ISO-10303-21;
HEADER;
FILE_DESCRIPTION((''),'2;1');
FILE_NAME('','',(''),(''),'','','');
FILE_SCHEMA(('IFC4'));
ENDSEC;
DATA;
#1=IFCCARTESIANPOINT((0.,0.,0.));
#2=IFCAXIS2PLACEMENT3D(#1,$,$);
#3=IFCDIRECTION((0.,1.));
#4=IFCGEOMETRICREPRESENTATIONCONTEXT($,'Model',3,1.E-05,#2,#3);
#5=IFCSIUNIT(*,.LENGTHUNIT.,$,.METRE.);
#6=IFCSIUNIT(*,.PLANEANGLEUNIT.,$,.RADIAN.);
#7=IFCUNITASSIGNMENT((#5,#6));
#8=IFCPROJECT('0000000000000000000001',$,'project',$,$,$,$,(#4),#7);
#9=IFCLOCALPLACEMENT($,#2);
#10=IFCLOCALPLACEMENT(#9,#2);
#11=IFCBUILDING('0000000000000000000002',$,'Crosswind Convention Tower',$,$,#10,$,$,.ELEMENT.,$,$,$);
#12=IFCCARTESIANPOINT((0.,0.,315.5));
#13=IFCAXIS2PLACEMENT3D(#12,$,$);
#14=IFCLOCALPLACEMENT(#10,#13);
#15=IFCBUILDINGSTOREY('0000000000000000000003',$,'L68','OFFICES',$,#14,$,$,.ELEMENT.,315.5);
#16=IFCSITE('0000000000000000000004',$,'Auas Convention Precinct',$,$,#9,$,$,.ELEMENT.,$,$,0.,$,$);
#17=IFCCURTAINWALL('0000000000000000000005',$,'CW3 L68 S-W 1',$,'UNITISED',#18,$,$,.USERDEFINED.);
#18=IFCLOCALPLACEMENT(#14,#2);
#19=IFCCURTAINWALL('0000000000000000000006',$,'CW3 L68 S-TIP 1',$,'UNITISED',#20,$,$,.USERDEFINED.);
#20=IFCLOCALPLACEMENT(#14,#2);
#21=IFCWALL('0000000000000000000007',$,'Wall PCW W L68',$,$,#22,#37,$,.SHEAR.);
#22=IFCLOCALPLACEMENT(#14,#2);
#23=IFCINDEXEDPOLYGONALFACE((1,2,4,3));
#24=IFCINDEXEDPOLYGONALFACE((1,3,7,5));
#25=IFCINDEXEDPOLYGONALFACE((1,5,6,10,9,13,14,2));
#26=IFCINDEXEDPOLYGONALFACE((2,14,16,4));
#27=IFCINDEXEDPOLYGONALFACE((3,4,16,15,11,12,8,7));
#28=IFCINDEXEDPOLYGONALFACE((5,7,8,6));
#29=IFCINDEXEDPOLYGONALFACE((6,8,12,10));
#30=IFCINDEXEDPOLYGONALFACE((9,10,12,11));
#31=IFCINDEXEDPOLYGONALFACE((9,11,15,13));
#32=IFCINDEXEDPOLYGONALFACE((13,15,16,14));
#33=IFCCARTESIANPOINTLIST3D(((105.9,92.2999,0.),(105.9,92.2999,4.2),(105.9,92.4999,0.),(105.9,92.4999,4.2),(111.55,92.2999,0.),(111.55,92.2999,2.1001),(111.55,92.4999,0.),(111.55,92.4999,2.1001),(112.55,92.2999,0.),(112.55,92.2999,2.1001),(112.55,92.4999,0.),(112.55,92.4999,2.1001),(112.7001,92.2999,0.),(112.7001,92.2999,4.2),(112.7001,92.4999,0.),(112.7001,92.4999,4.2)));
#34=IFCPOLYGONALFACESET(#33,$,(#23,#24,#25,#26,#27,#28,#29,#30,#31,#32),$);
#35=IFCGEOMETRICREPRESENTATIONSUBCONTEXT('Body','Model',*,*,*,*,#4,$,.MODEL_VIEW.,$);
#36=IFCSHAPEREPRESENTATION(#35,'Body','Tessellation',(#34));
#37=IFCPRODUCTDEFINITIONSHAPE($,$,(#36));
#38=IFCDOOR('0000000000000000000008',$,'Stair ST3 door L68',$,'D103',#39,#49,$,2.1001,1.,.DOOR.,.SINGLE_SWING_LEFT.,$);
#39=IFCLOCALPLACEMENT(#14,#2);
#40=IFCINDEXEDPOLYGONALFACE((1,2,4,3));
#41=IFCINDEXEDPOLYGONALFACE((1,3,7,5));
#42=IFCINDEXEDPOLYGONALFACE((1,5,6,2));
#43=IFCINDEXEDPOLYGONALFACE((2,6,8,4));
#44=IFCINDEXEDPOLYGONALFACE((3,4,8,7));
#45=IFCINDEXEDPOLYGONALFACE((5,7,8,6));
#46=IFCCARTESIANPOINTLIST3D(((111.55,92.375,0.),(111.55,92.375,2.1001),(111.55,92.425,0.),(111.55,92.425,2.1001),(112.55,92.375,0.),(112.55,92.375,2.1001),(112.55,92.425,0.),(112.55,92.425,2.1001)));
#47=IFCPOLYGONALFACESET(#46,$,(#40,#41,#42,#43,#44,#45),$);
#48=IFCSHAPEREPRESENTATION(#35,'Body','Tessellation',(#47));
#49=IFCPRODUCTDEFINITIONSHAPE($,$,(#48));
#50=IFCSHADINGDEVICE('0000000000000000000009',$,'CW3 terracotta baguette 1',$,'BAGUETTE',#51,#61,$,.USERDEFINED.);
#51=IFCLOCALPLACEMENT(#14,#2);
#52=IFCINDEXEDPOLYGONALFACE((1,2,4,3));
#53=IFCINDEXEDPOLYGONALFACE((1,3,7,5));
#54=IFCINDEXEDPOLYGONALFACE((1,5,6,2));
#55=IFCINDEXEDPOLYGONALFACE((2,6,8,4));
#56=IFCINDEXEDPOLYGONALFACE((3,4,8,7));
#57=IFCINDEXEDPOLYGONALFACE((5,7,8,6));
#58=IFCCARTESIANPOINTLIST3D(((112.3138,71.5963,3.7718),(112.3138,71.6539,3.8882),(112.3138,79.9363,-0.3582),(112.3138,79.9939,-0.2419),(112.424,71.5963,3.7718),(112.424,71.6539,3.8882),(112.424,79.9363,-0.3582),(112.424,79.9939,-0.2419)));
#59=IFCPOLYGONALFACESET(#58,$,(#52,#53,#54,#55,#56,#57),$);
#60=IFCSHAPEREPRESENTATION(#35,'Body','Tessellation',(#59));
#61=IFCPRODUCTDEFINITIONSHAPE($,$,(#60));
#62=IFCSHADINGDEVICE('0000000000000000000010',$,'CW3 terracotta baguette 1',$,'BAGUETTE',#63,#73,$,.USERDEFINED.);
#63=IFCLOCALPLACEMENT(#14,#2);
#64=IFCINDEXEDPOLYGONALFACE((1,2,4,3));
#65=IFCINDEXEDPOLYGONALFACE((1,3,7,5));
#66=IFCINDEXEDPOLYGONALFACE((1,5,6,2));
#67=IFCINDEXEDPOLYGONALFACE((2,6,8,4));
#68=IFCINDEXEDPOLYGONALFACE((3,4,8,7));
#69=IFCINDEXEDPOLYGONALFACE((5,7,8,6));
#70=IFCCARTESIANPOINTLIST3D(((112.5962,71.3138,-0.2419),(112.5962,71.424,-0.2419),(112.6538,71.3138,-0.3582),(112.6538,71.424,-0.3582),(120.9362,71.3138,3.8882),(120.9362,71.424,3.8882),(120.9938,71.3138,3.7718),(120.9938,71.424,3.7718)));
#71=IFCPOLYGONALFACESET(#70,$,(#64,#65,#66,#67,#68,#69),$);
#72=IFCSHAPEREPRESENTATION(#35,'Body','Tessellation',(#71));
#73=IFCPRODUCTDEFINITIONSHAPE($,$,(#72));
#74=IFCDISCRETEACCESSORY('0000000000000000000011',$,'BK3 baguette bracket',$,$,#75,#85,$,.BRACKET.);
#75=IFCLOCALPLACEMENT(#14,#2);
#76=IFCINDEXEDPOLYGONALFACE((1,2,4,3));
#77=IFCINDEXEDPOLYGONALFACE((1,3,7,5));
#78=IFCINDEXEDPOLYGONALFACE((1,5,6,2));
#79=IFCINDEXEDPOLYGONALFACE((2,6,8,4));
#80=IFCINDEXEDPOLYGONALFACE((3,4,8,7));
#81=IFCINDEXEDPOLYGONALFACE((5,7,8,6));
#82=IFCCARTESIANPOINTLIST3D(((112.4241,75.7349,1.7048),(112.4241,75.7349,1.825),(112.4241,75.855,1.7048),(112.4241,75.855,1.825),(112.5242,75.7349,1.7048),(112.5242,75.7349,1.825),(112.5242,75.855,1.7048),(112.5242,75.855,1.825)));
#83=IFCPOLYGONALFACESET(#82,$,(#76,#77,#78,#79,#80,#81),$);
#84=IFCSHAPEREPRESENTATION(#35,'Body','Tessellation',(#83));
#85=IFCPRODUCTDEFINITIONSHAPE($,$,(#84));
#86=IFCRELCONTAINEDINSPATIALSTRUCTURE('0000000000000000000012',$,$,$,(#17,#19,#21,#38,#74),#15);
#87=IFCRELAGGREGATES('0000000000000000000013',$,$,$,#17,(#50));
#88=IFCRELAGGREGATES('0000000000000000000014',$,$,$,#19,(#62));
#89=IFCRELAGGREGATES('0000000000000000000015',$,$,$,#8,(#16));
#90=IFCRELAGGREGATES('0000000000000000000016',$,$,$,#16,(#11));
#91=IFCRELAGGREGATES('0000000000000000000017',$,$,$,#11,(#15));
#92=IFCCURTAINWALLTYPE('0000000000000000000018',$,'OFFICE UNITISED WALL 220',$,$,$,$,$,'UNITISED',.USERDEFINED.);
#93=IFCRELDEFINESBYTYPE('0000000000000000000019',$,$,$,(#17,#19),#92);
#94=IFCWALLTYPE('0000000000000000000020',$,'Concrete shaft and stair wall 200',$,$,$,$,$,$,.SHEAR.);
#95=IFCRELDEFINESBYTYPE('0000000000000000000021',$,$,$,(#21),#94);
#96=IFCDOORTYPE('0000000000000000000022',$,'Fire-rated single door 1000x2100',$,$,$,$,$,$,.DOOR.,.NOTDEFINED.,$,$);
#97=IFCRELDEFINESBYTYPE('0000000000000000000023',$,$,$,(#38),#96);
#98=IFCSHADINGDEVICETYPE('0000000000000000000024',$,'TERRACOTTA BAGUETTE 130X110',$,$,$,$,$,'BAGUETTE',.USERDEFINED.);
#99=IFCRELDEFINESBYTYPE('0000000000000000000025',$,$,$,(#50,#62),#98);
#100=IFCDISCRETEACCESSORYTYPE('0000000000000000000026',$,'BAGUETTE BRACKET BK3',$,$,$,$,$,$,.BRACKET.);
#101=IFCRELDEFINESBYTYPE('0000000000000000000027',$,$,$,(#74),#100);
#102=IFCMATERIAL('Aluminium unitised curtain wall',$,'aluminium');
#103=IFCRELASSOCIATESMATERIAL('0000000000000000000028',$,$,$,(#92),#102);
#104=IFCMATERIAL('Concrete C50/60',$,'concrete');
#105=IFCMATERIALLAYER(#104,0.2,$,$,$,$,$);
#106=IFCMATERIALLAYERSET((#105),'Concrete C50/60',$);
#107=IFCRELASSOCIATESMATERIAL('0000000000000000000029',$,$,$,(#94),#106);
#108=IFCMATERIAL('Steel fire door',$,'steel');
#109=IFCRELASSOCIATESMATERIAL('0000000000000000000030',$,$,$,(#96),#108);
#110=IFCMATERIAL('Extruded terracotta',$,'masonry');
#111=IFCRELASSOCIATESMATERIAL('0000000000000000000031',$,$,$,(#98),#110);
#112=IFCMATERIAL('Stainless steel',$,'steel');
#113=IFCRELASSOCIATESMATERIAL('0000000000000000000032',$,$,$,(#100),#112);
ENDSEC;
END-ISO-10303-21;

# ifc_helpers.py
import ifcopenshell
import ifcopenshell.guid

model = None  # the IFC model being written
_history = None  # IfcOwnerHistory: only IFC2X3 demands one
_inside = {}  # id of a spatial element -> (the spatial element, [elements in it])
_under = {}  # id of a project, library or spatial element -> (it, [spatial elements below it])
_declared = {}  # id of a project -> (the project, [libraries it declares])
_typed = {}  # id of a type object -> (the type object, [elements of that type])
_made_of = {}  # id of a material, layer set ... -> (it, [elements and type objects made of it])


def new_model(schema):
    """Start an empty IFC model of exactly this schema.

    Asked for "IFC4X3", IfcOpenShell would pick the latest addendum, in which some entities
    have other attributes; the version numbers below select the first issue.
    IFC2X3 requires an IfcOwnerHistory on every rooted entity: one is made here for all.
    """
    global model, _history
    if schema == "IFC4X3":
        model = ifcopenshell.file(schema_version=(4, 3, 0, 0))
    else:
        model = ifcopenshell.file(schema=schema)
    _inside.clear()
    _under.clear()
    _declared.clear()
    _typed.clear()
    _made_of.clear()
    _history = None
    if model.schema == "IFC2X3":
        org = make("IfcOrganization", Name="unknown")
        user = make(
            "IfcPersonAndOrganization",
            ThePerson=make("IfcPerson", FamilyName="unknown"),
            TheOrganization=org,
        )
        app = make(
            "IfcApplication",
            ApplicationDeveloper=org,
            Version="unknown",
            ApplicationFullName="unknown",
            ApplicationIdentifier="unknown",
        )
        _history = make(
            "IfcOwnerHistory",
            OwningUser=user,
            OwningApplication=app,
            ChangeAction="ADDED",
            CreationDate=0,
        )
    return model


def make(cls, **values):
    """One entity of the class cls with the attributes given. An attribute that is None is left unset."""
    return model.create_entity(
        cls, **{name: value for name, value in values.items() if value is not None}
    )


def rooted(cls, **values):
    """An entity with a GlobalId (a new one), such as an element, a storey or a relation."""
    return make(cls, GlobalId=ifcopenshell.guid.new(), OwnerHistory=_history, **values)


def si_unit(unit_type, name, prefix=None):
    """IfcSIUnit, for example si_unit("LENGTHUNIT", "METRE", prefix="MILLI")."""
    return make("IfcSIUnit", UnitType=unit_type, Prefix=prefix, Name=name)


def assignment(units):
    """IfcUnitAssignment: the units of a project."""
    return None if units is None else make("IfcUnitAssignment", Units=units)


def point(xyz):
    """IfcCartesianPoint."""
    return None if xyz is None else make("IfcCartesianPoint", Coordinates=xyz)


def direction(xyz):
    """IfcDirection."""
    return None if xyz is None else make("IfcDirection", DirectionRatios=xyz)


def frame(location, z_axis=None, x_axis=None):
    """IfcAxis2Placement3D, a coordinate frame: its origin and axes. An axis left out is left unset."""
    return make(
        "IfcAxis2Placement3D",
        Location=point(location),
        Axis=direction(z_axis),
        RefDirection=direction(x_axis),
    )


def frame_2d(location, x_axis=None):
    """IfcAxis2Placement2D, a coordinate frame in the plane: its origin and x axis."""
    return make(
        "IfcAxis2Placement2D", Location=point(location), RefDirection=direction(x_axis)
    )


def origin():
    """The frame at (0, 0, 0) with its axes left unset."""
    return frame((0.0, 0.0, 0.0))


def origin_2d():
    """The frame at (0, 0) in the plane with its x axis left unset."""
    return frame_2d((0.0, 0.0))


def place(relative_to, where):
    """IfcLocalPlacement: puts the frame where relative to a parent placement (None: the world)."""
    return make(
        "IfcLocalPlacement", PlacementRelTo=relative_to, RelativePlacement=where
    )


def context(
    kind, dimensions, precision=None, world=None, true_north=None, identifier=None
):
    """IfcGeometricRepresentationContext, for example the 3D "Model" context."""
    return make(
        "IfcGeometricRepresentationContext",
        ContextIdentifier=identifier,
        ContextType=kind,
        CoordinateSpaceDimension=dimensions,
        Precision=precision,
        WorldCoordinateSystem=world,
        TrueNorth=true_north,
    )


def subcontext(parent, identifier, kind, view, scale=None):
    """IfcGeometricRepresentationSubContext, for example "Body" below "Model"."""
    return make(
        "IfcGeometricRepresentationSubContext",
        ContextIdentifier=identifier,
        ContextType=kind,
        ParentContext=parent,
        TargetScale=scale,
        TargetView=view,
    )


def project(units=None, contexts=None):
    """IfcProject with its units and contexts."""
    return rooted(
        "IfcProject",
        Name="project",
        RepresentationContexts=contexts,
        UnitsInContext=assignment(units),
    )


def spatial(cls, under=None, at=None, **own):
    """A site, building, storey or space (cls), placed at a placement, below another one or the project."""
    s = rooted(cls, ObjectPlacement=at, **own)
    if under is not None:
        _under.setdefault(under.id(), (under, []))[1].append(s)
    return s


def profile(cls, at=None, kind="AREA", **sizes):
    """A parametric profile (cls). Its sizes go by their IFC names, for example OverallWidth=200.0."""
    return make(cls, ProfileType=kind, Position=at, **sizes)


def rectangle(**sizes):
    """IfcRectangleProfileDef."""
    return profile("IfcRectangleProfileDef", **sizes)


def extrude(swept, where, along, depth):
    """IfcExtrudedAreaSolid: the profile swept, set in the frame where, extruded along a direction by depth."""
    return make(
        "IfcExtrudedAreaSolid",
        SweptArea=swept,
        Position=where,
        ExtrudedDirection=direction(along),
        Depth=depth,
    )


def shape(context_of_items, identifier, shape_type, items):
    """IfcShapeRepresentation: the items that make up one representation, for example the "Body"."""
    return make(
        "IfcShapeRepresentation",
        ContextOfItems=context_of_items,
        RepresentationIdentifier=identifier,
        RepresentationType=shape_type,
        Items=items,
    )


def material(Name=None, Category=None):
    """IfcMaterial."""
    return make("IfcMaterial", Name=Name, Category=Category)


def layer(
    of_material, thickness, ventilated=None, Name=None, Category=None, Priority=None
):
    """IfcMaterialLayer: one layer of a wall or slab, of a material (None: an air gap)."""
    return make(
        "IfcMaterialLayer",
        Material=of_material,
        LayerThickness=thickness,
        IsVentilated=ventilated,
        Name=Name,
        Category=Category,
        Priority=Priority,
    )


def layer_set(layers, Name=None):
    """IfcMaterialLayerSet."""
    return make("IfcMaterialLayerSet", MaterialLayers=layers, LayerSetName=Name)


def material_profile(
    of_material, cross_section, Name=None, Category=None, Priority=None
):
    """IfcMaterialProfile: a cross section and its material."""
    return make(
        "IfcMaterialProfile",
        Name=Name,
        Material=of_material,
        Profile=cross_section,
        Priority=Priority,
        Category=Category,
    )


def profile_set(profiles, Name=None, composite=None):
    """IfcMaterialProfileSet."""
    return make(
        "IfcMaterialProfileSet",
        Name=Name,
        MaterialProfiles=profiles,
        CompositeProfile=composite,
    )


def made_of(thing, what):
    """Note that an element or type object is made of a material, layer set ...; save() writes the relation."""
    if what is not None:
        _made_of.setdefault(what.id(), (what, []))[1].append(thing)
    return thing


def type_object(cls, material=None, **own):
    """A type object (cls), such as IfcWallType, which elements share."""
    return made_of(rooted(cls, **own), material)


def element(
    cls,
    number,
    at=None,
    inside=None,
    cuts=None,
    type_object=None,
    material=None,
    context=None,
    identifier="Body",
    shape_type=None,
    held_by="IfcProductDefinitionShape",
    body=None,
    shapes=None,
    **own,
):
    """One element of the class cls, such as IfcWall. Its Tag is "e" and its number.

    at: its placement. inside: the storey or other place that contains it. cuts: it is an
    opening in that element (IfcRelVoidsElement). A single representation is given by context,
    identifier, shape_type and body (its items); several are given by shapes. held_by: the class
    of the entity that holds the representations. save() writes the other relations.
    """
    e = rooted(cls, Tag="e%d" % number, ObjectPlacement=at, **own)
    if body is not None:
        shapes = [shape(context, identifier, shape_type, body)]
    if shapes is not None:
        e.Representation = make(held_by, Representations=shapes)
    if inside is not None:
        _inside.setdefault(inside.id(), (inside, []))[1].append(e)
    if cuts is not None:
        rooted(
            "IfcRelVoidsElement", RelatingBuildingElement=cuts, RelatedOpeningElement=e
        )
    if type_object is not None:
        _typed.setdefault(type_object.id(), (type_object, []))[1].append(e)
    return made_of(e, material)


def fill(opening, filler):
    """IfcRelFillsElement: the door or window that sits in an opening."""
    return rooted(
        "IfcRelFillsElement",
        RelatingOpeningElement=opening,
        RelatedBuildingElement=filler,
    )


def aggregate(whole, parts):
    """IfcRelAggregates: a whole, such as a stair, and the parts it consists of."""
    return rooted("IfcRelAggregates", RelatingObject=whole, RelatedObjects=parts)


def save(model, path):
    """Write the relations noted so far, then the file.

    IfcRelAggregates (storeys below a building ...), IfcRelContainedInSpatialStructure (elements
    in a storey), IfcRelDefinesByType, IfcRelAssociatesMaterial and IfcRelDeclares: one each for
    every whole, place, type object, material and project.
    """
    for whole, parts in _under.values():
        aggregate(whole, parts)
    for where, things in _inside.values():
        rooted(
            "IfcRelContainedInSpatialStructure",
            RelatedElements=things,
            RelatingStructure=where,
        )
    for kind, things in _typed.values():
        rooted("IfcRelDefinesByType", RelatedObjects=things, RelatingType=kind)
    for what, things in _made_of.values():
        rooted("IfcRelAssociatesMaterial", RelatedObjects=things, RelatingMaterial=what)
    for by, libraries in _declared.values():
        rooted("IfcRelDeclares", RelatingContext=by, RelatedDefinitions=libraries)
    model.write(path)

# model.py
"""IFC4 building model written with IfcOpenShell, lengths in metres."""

from ifc_helpers import new_model, si_unit, direction, frame, frame_2d, origin, origin_2d, place, context, subcontext, project, spatial, rectangle, extrude, material, layer, layer_set, material_profile, profile_set, type_object, element, fill, aggregate, save


model = new_model("IFC4")

# Units and contexts
model_context = context("Model", 3, precision=1e-05, world=origin(), true_north=direction((0.0, 1.0)))
body_context = subcontext(model_context, "Body", "Model", "MODEL_VIEW")
ifc_project = project(units=[si_unit("LENGTHUNIT", "METRE"), si_unit("PLANEANGLEUNIT", "RADIAN")], contexts=[model_context])

# Site, building, storey
site_placement = place(None, origin())
site = spatial("IfcSite", under=ifc_project, at=site_placement, Name="Auas Convention Precinct", CompositionType="ELEMENT", RefElevation=0.0)
building_placement = place(site_placement, origin())
building = spatial("IfcBuilding", under=site, at=building_placement, Name="Crosswind Convention Tower", CompositionType="ELEMENT")
storey_placement = place(building_placement, frame((0.0, 0.0, 315.5)))
storey = spatial("IfcBuildingStorey", under=building, at=storey_placement, Name="L68", Description="OFFICES", CompositionType="ELEMENT", Elevation=315.5)

# Curtain wall
ifc_material_1 = material(Name="Aluminium unitised curtain wall", Category="aluminium")
curtain_wall_type_1 = type_object("IfcCurtainWallType", Name="OFFICE UNITISED WALL 220", ElementType="UNITISED", PredefinedType="USERDEFINED", material=ifc_material_1)
curtain_wall_1_placement = place(storey_placement, origin())
curtain_wall_1 = element("IfcCurtainWall", 1, at=curtain_wall_1_placement, inside=storey, type_object=curtain_wall_type_1, Name="CW3 L68 S-W 1", ObjectType="UNITISED", PredefinedType="USERDEFINED")

# Curtain wall
curtain_wall_2_placement = place(storey_placement, origin())
curtain_wall_2 = element("IfcCurtainWall", 2, at=curtain_wall_2_placement, inside=storey, type_object=curtain_wall_type_1, Name="CW3 L68 S-TIP 1", ObjectType="UNITISED", PredefinedType="USERDEFINED")

# Wall, opening, door
ifc_material_2 = material(Name="Concrete C50/60", Category="concrete")
ifc_layer_1 = layer(ifc_material_2, 0.2)
ifc_layer_set_1 = layer_set([ifc_layer_1], Name="Concrete C50/60")
wall_type = type_object("IfcWallType", Name="Concrete shaft and stair wall 200", PredefinedType="SHEAR", material=ifc_layer_set_1)
ifc_material_3 = material(Name="Steel fire door", Category="steel")
wall_1_placement = place(storey_placement, frame((112.7, 92.3999, 0.0), z_axis=(0.0, 0.0, 1.0), x_axis=(-1.0, 0.0, 0.0)))
wall_1 = element("IfcWall", 3, at=wall_1_placement, inside=storey, type_object=wall_type, Name="Wall PCW W L68", PredefinedType="SHEAR", context=body_context, shape_type="SweptSolid", body=[
    extrude(rectangle(XDim=6.8, YDim=0.2, at=frame_2d((3.3999, 0.0))), origin(), (0.0, 0.0, 1.0), 4.2),
])
opening_1_placement = place(wall_1_placement, frame((0.1499, 0.0, 0.0)))
opening_1 = element("IfcOpeningElement", 4, at=opening_1_placement, cuts=wall_1, PredefinedType="OPENING", context=body_context, shape_type="SweptSolid", body=[
    extrude(rectangle(XDim=1.0, YDim=2.1001, at=frame_2d((0.5, 1.05))), frame((0.0, 0.1099, 0.0), z_axis=(0.0, -1.0, 0.0), x_axis=(1.0, 0.0, 0.0)), (0.0, 0.0, 1.0), 0.22),
])
door_type_1 = type_object("IfcDoorType", Name="Fire-rated single door 1000x2100", OperationType="NOTDEFINED", PredefinedType="DOOR", material=ifc_material_3)
door_1_placement = place(opening_1_placement, origin())
door_1 = element("IfcDoor", 5, at=door_1_placement, inside=storey, type_object=door_type_1, Name="Stair ST3 door L68", ObjectType="D103", OperationType="SINGLE_SWING_LEFT", OverallHeight=2.1001, OverallWidth=1.0, PredefinedType="DOOR", context=body_context, shape_type="SweptSolid", body=[
    extrude(rectangle(XDim=1.0, YDim=2.1001, at=frame_2d((0.5, 1.05))), frame((0.0, 0.0249, 0.0), z_axis=(0.0, -1.0, 0.0), x_axis=(1.0, 0.0, 0.0)), (0.0, 0.0, 1.0), 0.05),
])
fill(opening_1, door_1)

# Shading devices
ifc_material_4 = material(Name="Extruded terracotta", Category="masonry")
ifc_material_profile_1 = material_profile(ifc_material_4, rectangle(XDim=0.1101, YDim=0.1299, at=origin_2d()), Name="TC 110X130")
ifc_profile_set_1 = profile_set([ifc_material_profile_1], Name="Extruded terracotta")
shading_device_type = type_object("IfcShadingDeviceType", Name="TERRACOTTA BAGUETTE 130X110", ElementType="BAGUETTE", PredefinedType="USERDEFINED", material=ifc_profile_set_1)
shading_device_1_placement = place(storey_placement, frame((112.3689, 79.9651, -0.3), z_axis=(0.0, -0.896136, 0.443779), x_axis=(1.0, 0.0, 0.0)))
shading_device_1 = element("IfcShadingDevice", 6, at=shading_device_1_placement, type_object=shading_device_type, Name="CW3 terracotta baguette 1", ObjectType="BAGUETTE", PredefinedType="USERDEFINED", context=body_context, shape_type="SweptSolid", body=[
    extrude(rectangle(XDim=0.1101, YDim=0.1299, at=origin_2d()), origin(), (0.0, 0.0, 1.0), 9.3066),
])
aggregate(curtain_wall_1, [shading_device_1])
shading_device_2_placement = place(storey_placement, frame((112.625, 71.3689, -0.3), z_axis=(0.896136, 0.0, 0.443779), x_axis=(0.0, 1.0, 0.0)))
shading_device_2 = element("IfcShadingDevice", 7, at=shading_device_2_placement, type_object=shading_device_type, Name="CW3 terracotta baguette 1", ObjectType="BAGUETTE", PredefinedType="USERDEFINED", context=body_context, shape_type="SweptSolid", body=[
    extrude(rectangle(XDim=0.1101, YDim=0.1299, at=origin_2d()), origin(), (0.0, 0.0, 1.0), 9.3066),
])
aggregate(curtain_wall_2, [shading_device_2])

# Discrete accessory
ifc_material_5 = material(Name="Stainless steel", Category="steel")
discrete_accessory_type = type_object("IfcDiscreteAccessoryType", Name="BAGUETTE BRACKET BK3", PredefinedType="BRACKET", material=ifc_material_5)
discrete_accessory_placement = place(storey_placement, frame((112.4741, 75.7949, 1.7048), z_axis=(0.0, 0.0, 1.0), x_axis=(0.0, -1.0, 0.0)))
element("IfcDiscreteAccessory", 8, at=discrete_accessory_placement, inside=storey, type_object=discrete_accessory_type, Name="BK3 baguette bracket", PredefinedType="BRACKET", context=body_context, shape_type="SweptSolid", body=[
    extrude(rectangle(XDim=0.1201, YDim=0.1001, at=origin_2d()), origin(), (0.0, 0.0, 1.0), 0.1201),
])

save(model, "model.ifc")
